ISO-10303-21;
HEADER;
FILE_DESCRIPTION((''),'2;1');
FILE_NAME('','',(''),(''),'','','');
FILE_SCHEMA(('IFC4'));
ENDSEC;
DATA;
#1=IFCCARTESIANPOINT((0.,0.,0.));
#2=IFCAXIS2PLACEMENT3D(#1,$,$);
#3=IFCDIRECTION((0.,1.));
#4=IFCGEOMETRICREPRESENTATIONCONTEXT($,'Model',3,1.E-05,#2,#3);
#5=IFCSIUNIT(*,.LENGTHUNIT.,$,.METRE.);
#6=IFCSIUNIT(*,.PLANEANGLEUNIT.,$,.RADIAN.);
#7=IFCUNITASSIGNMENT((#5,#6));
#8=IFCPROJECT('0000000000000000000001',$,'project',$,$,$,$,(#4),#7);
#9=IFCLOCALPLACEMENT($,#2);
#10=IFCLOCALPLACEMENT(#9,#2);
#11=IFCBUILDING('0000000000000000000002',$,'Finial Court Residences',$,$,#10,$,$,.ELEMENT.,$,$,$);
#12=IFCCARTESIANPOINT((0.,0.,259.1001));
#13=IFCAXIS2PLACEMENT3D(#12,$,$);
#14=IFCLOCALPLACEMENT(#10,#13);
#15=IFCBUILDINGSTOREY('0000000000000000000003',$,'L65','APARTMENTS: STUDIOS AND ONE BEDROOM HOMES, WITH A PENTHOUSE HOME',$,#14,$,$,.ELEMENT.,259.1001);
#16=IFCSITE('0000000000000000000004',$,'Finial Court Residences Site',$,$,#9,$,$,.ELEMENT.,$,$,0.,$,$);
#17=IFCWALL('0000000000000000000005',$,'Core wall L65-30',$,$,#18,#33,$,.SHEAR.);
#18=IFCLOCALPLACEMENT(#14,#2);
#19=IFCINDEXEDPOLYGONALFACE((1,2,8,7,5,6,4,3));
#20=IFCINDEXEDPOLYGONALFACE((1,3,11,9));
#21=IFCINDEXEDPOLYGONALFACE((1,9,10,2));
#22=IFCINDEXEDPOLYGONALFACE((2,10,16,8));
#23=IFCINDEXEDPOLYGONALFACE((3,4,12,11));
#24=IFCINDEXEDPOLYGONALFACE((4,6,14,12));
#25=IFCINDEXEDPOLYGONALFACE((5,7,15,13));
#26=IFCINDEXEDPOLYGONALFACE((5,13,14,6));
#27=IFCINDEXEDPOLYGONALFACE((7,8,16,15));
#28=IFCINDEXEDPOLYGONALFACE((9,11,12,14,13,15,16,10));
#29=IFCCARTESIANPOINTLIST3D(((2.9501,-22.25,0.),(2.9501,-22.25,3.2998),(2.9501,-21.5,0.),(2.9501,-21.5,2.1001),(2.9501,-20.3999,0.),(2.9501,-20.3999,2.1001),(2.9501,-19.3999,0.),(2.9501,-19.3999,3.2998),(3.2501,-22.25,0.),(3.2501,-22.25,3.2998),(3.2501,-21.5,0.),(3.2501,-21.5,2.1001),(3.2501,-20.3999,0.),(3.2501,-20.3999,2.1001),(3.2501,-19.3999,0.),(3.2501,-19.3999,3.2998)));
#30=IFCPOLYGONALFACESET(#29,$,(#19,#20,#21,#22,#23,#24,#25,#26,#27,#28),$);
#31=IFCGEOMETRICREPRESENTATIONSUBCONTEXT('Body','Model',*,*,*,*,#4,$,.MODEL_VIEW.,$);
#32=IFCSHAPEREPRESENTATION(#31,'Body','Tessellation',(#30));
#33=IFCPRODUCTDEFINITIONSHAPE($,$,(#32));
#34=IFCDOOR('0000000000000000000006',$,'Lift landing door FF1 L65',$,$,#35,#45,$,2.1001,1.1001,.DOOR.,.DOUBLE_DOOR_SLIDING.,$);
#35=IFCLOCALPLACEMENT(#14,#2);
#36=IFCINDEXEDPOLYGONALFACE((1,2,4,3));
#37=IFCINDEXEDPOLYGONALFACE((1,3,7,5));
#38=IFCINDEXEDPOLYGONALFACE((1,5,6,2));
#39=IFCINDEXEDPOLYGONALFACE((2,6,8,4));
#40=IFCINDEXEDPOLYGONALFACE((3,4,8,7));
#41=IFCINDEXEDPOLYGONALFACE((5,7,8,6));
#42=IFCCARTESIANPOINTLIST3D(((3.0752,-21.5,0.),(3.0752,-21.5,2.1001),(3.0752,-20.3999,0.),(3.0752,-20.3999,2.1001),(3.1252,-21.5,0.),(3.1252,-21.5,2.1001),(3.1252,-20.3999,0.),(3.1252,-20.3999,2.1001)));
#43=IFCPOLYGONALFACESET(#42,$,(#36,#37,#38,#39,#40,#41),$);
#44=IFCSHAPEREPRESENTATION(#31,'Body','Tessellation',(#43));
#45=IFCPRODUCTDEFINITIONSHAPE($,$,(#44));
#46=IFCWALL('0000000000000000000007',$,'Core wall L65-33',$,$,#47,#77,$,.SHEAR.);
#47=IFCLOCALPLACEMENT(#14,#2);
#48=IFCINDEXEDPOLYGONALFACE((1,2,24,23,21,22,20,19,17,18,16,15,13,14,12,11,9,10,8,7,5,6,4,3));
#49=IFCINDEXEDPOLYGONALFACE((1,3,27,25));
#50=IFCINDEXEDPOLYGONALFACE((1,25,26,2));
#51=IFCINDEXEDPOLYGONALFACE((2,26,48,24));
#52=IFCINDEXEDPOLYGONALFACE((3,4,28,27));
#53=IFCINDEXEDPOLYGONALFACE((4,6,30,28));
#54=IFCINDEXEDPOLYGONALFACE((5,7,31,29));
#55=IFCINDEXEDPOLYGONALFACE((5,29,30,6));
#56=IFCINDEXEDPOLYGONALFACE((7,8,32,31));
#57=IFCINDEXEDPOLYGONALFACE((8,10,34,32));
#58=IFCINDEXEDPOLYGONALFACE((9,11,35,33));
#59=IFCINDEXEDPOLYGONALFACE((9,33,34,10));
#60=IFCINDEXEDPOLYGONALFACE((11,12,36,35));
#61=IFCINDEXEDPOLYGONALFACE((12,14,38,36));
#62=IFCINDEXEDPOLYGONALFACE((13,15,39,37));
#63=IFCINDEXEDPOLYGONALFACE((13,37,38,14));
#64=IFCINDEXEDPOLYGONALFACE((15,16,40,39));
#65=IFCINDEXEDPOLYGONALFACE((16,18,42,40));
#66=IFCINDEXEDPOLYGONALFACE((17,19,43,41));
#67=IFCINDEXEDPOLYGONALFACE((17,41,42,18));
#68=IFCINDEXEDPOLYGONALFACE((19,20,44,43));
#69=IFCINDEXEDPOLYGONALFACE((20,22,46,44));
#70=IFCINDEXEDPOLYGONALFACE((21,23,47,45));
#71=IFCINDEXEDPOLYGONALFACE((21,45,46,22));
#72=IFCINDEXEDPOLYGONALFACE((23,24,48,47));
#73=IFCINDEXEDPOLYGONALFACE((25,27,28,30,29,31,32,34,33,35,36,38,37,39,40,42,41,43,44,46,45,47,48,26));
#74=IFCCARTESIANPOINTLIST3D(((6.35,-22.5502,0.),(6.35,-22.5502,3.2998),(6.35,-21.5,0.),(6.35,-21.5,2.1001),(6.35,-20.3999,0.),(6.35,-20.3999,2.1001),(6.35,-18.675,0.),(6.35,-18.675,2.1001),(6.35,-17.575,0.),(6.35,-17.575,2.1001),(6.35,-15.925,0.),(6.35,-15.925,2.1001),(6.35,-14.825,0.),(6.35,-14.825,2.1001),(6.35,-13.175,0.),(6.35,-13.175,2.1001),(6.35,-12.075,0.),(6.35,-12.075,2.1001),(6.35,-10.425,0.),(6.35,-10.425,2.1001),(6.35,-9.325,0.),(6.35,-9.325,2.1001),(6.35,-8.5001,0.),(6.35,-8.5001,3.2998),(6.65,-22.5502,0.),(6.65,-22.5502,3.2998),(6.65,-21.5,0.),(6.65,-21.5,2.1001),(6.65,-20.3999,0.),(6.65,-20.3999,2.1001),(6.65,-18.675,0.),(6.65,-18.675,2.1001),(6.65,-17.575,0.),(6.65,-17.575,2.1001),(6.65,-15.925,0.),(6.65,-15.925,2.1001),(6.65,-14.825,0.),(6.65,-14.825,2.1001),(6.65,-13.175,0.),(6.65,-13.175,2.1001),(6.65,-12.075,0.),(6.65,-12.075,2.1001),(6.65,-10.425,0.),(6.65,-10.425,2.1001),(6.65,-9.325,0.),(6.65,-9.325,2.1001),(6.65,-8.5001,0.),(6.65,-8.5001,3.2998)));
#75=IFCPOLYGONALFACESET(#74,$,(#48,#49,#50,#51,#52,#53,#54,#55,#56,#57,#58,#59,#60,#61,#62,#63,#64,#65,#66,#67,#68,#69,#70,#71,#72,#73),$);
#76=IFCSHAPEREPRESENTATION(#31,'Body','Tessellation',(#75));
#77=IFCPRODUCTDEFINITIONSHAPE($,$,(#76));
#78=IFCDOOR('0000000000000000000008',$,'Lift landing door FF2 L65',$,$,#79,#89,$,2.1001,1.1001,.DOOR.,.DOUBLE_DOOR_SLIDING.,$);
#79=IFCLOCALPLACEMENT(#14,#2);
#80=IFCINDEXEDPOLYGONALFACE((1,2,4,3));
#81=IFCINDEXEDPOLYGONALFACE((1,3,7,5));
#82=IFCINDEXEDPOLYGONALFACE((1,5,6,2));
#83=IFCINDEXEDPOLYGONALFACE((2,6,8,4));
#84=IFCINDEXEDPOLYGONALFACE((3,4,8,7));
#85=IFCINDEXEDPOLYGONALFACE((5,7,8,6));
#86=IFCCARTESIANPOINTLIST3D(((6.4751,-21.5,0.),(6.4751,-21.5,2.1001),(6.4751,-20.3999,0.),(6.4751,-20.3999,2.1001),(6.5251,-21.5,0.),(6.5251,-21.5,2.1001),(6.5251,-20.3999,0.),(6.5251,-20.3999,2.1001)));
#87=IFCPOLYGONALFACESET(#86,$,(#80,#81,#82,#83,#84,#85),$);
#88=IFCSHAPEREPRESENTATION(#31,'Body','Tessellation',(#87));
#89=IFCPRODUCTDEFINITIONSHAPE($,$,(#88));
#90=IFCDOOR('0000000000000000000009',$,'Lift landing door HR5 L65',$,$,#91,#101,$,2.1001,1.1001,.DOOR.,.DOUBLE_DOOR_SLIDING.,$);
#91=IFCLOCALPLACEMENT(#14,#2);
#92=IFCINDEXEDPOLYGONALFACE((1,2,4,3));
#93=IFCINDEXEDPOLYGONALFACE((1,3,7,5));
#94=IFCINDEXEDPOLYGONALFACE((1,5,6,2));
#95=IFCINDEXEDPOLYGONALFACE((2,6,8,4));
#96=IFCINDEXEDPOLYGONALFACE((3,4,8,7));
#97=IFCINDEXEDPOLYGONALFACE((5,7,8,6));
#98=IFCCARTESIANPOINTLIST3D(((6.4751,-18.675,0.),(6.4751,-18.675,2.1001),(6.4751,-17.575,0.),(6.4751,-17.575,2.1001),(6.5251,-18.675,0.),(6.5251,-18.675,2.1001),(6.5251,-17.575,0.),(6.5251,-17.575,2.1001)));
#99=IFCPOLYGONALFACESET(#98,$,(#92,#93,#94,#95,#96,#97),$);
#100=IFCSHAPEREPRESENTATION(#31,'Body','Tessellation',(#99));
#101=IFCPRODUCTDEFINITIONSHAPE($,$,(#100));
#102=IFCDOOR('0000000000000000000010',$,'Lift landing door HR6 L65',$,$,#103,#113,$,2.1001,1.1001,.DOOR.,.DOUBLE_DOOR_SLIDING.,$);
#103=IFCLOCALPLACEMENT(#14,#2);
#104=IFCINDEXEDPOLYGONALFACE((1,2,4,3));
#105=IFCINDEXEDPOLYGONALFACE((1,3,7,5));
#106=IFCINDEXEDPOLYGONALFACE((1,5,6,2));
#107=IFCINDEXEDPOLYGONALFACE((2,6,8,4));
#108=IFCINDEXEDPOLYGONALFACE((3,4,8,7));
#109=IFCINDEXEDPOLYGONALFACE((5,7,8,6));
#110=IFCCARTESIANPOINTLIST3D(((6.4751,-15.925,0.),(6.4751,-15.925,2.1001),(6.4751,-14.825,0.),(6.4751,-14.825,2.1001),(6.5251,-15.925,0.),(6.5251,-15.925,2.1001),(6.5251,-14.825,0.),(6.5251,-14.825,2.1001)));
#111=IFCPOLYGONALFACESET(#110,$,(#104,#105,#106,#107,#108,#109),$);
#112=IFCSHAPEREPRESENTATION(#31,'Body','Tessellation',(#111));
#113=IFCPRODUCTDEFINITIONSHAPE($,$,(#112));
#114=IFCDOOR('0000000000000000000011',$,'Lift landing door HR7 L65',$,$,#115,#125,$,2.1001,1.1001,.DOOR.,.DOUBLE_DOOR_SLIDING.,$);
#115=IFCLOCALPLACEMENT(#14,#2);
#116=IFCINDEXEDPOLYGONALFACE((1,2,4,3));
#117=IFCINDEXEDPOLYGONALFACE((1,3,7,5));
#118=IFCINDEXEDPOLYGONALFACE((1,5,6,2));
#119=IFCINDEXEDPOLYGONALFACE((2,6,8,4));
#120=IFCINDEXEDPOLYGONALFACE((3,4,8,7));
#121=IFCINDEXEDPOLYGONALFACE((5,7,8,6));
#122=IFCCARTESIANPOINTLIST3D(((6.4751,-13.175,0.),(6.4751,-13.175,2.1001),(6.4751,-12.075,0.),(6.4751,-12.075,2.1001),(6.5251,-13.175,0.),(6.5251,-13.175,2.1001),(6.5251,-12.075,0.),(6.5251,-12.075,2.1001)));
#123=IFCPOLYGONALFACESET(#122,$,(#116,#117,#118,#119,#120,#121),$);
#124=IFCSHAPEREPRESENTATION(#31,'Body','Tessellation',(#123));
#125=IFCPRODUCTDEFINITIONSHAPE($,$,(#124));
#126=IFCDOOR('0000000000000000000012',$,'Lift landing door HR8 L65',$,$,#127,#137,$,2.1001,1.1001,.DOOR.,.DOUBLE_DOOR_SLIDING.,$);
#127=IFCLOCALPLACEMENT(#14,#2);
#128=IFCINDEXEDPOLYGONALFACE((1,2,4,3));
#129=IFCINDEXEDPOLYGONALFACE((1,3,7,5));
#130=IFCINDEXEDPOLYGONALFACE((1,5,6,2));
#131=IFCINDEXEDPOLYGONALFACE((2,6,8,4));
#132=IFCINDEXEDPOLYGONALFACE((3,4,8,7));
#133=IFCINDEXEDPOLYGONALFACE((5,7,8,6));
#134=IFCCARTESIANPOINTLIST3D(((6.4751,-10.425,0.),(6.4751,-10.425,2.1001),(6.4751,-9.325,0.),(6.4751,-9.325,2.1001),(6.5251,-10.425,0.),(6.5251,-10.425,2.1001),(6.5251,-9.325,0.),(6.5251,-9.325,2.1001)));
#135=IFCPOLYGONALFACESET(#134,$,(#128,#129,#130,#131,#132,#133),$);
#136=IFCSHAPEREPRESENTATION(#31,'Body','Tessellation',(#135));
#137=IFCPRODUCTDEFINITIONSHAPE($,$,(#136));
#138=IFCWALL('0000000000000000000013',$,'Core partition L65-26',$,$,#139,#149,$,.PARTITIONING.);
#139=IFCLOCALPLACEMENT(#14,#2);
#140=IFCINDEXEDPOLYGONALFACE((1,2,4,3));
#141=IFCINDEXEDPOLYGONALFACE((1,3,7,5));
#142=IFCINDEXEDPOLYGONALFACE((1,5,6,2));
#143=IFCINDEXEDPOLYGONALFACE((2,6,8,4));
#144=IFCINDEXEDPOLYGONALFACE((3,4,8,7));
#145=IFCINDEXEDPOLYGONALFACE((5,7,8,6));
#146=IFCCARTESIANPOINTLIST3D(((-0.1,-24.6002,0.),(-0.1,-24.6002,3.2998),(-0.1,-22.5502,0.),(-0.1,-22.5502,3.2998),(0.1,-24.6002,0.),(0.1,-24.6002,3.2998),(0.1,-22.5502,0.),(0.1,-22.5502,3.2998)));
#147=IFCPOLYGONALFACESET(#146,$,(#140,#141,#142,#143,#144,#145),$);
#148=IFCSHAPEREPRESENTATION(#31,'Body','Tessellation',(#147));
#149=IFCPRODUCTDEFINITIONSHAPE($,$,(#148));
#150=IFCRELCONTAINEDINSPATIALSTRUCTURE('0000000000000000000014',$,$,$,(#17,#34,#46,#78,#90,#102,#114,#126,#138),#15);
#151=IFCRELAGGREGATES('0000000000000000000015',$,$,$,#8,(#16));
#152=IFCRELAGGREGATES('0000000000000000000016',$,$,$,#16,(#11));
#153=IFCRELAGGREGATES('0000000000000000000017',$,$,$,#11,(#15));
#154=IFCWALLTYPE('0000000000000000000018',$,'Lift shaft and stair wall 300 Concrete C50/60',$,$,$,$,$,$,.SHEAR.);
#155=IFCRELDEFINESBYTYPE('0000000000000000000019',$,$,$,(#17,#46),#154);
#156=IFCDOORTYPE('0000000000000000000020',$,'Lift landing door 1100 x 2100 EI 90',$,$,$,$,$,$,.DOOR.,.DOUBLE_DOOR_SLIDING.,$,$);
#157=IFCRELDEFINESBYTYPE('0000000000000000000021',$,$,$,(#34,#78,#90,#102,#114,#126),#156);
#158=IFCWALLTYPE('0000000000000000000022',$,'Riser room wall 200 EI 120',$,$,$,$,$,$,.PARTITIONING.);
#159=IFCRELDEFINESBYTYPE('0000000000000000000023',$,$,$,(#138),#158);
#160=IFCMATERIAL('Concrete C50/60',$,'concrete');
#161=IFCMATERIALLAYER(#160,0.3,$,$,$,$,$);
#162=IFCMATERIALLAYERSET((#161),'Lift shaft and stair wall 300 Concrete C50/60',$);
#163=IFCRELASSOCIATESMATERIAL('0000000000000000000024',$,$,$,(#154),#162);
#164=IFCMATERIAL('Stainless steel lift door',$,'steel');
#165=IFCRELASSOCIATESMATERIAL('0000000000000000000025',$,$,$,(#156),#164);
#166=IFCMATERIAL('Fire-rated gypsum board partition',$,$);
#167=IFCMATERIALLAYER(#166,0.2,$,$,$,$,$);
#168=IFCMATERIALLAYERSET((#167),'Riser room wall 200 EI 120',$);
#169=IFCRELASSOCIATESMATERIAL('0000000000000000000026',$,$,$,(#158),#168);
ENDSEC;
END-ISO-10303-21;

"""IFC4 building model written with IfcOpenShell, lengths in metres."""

from ifc_helpers import new_model, si_unit, direction, frame, frame_2d, origin, place, context, subcontext, project, spatial, rectangle, extrude, material, layer, layer_set, type_object, element, fill, save


model = new_model("IFC4")

# Units and contexts
model_context = context("Model", 3, precision=1e-05, world=origin(), true_north=direction((0.0, 1.0)))
body_context = subcontext(model_context, "Body", "Model", "MODEL_VIEW")
ifc_project = project(units=[si_unit("LENGTHUNIT", "METRE"), si_unit("PLANEANGLEUNIT", "RADIAN")], contexts=[model_context])

# Site, building, storey
site_placement = place(None, origin())
site = spatial("IfcSite", under=ifc_project, at=site_placement, Name="Finial Court Residences Site", CompositionType="ELEMENT", RefElevation=0.0)
building_placement = place(site_placement, origin())
building = spatial("IfcBuilding", under=site, at=building_placement, Name="Finial Court Residences", CompositionType="ELEMENT")
storey_placement = place(building_placement, frame((0.0, 0.0, 259.1001)))
storey = spatial("IfcBuildingStorey", under=building, at=storey_placement, Name="L65", Description="APARTMENTS: STUDIOS AND ONE BEDROOM HOMES, WITH A PENTHOUSE HOME", CompositionType="ELEMENT", Elevation=259.1001)

# Shared definitions
ifc_material_1 = material(Name="Concrete C50/60", Category="concrete")

# Shared definitions
ifc_material_2 = material(Name="Fire-rated gypsum board partition")

# Shared definitions
ifc_layer_1 = layer(ifc_material_1, 0.3)
ifc_layer_set_1 = layer_set([ifc_layer_1], Name="Lift shaft and stair wall 300 Concrete C50/60")
wall_type_1 = type_object("IfcWallType", Name="Lift shaft and stair wall 300 Concrete C50/60", PredefinedType="SHEAR", material=ifc_layer_set_1)

# Wall, opening, door
wall_1_placement = place(storey_placement, frame((3.1001, -22.25, 0.0), z_axis=(0.0, 0.0, 1.0), x_axis=(0.0, 1.0, 0.0)))
wall_1 = element("IfcWall", 1, at=wall_1_placement, inside=storey, type_object=wall_type_1, Name="Core wall L65-30", PredefinedType="SHEAR", context=body_context, shape_type="SweptSolid", body=[
    extrude(rectangle(XDim=2.8501, YDim=0.3, at=frame_2d((1.425, 0.0))), origin(), (0.0, 0.0, 1.0), 3.2998),
])
opening_1_placement = place(wall_1_placement, frame((0.75, 0.0, 0.0)))
opening_1 = element("IfcOpeningElement", 2, at=opening_1_placement, cuts=wall_1, PredefinedType="OPENING", context=body_context, shape_type="SweptSolid", body=[
    extrude(rectangle(XDim=1.1001, YDim=2.1001, at=frame_2d((0.55, 1.05))), frame((0.0, 0.1599, 0.0), z_axis=(0.0, -1.0, 0.0), x_axis=(1.0, 0.0, 0.0)), (0.0, 0.0, 1.0), 0.3201),
])
ifc_material_3 = material(Name="Stainless steel lift door", Category="steel")
door_type_1 = type_object("IfcDoorType", Name="Lift landing door 1100 x 2100 EI 90", OperationType="DOUBLE_DOOR_SLIDING", PredefinedType="DOOR", material=ifc_material_3)
door_1_placement = place(opening_1_placement, origin())
door_1 = element("IfcDoor", 3, at=door_1_placement, inside=storey, type_object=door_type_1, Name="Lift landing door FF1 L65", OperationType="DOUBLE_DOOR_SLIDING", OverallHeight=2.1001, OverallWidth=1.1001, PredefinedType="DOOR", context=body_context, shape_type="SweptSolid", body=[
    extrude(rectangle(XDim=1.1001, YDim=2.1001, at=frame_2d((0.55, 1.05))), frame((0.0, 0.0249, 0.0), z_axis=(0.0, -1.0, 0.0), x_axis=(1.0, 0.0, 0.0)), (0.0, 0.0, 1.0), 0.05),
])
fill(opening_1, door_1)

# Wall, openings, doors
wall_2_placement = place(storey_placement, frame((6.5, -22.55, 0.0), z_axis=(0.0, 0.0, 1.0), x_axis=(0.0, 1.0, 0.0)))
wall_2 = element("IfcWall", 4, at=wall_2_placement, inside=storey, type_object=wall_type_1, Name="Core wall L65-33", PredefinedType="SHEAR", context=body_context, shape_type="SweptSolid", body=[
    extrude(rectangle(XDim=14.05, YDim=0.3, at=frame_2d((7.0249, 0.0))), origin(), (0.0, 0.0, 1.0), 3.2998),
])
opening_2_placement = place(wall_2_placement, frame((1.05, 0.0, 0.0)))
opening_2 = element("IfcOpeningElement", 5, at=opening_2_placement, cuts=wall_2, PredefinedType="OPENING", context=body_context, shape_type="SweptSolid", body=[
    extrude(rectangle(XDim=1.1001, YDim=2.1001, at=frame_2d((0.55, 1.05))), frame((0.0, 0.1599, 0.0), z_axis=(0.0, -1.0, 0.0), x_axis=(1.0, 0.0, 0.0)), (0.0, 0.0, 1.0), 0.3201),
])
opening_3_placement = place(wall_2_placement, frame((3.875, 0.0, 0.0)))
opening_3 = element("IfcOpeningElement", 6, at=opening_3_placement, cuts=wall_2, PredefinedType="OPENING", context=body_context, shape_type="SweptSolid", body=[
    extrude(rectangle(XDim=1.1001, YDim=2.1001, at=frame_2d((0.55, 1.05))), frame((0.0, 0.1599, 0.0), z_axis=(0.0, -1.0, 0.0), x_axis=(1.0, 0.0, 0.0)), (0.0, 0.0, 1.0), 0.3201),
])
opening_4_placement = place(wall_2_placement, frame((6.625, 0.0, 0.0)))
opening_4 = element("IfcOpeningElement", 7, at=opening_4_placement, cuts=wall_2, PredefinedType="OPENING", context=body_context, shape_type="SweptSolid", body=[
    extrude(rectangle(XDim=1.1001, YDim=2.1001, at=frame_2d((0.55, 1.05))), frame((0.0, 0.1599, 0.0), z_axis=(0.0, -1.0, 0.0), x_axis=(1.0, 0.0, 0.0)), (0.0, 0.0, 1.0), 0.3201),
])
opening_5_placement = place(wall_2_placement, frame((9.375, 0.0, 0.0)))
opening_5 = element("IfcOpeningElement", 8, at=opening_5_placement, cuts=wall_2, PredefinedType="OPENING", context=body_context, shape_type="SweptSolid", body=[
    extrude(rectangle(XDim=1.1001, YDim=2.1001, at=frame_2d((0.55, 1.05))), frame((0.0, 0.1599, 0.0), z_axis=(0.0, -1.0, 0.0), x_axis=(1.0, 0.0, 0.0)), (0.0, 0.0, 1.0), 0.3201),
])
opening_6_placement = place(wall_2_placement, frame((12.125, 0.0, 0.0)))
opening_6 = element("IfcOpeningElement", 9, at=opening_6_placement, cuts=wall_2, PredefinedType="OPENING", context=body_context, shape_type="SweptSolid", body=[
    extrude(rectangle(XDim=1.1001, YDim=2.1001, at=frame_2d((0.55, 1.05))), frame((0.0, 0.1599, 0.0), z_axis=(0.0, -1.0, 0.0), x_axis=(1.0, 0.0, 0.0)), (0.0, 0.0, 1.0), 0.3201),
])
door_2_placement = place(opening_2_placement, origin())
door_2 = element("IfcDoor", 10, at=door_2_placement, inside=storey, type_object=door_type_1, Name="Lift landing door FF2 L65", OperationType="DOUBLE_DOOR_SLIDING", OverallHeight=2.1001, OverallWidth=1.1001, PredefinedType="DOOR", context=body_context, shape_type="SweptSolid", body=[
    extrude(rectangle(XDim=1.1001, YDim=2.1001, at=frame_2d((0.55, 1.05))), frame((0.0, 0.0249, 0.0), z_axis=(0.0, -1.0, 0.0), x_axis=(1.0, 0.0, 0.0)), (0.0, 0.0, 1.0), 0.05),
])
fill(opening_2, door_2)
door_3_placement = place(opening_3_placement, origin())
door_3 = element("IfcDoor", 11, at=door_3_placement, inside=storey, type_object=door_type_1, Name="Lift landing door HR5 L65", OperationType="DOUBLE_DOOR_SLIDING", OverallHeight=2.1001, OverallWidth=1.1001, PredefinedType="DOOR", context=body_context, shape_type="SweptSolid", body=[
    extrude(rectangle(XDim=1.1001, YDim=2.1001, at=frame_2d((0.55, 1.05))), frame((0.0, 0.0249, 0.0), z_axis=(0.0, -1.0, 0.0), x_axis=(1.0, 0.0, 0.0)), (0.0, 0.0, 1.0), 0.05),
])
fill(opening_3, door_3)
door_4_placement = place(opening_4_placement, origin())
door_4 = element("IfcDoor", 12, at=door_4_placement, inside=storey, type_object=door_type_1, Name="Lift landing door HR6 L65", OperationType="DOUBLE_DOOR_SLIDING", OverallHeight=2.1001, OverallWidth=1.1001, PredefinedType="DOOR", context=body_context, shape_type="SweptSolid", body=[
    extrude(rectangle(XDim=1.1001, YDim=2.1001, at=frame_2d((0.55, 1.05))), frame((0.0, 0.0249, 0.0), z_axis=(0.0, -1.0, 0.0), x_axis=(1.0, 0.0, 0.0)), (0.0, 0.0, 1.0), 0.05),
])
fill(opening_4, door_4)
door_5_placement = place(opening_5_placement, origin())
door_5 = element("IfcDoor", 13, at=door_5_placement, inside=storey, type_object=door_type_1, Name="Lift landing door HR7 L65", OperationType="DOUBLE_DOOR_SLIDING", OverallHeight=2.1001, OverallWidth=1.1001, PredefinedType="DOOR", context=body_context, shape_type="SweptSolid", body=[
    extrude(rectangle(XDim=1.1001, YDim=2.1001, at=frame_2d((0.55, 1.05))), frame((0.0, 0.0249, 0.0), z_axis=(0.0, -1.0, 0.0), x_axis=(1.0, 0.0, 0.0)), (0.0, 0.0, 1.0), 0.05),
])
fill(opening_5, door_5)
door_6_placement = place(opening_6_placement, origin())
door_6 = element("IfcDoor", 14, at=door_6_placement, inside=storey, type_object=door_type_1, Name="Lift landing door HR8 L65", OperationType="DOUBLE_DOOR_SLIDING", OverallHeight=2.1001, OverallWidth=1.1001, PredefinedType="DOOR", context=body_context, shape_type="SweptSolid", body=[
    extrude(rectangle(XDim=1.1001, YDim=2.1001, at=frame_2d((0.55, 1.05))), frame((0.0, 0.0249, 0.0), z_axis=(0.0, -1.0, 0.0), x_axis=(1.0, 0.0, 0.0)), (0.0, 0.0, 1.0), 0.05),
])
fill(opening_6, door_6)

# Wall
ifc_layer_2 = layer(ifc_material_2, 0.2)
ifc_layer_set_2 = layer_set([ifc_layer_2], Name="Riser room wall 200 EI 120")
wall_type_2 = type_object("IfcWallType", Name="Riser room wall 200 EI 120", PredefinedType="PARTITIONING", material=ifc_layer_set_2)
wall_3_placement = place(storey_placement, frame((0.0, -24.6001, 0.0), z_axis=(0.0, 0.0, 1.0), x_axis=(0.0, 1.0, 0.0)))
element("IfcWall", 15, at=wall_3_placement, inside=storey, type_object=wall_type_2, Name="Core partition L65-26", PredefinedType="PARTITIONING", context=body_context, shape_type="SweptSolid", body=[
    extrude(rectangle(XDim=2.05, YDim=0.2, at=frame_2d((1.0249, 0.0))), origin(), (0.0, 0.0, 1.0), 3.2998),
])

save(model, "model.ifc")
